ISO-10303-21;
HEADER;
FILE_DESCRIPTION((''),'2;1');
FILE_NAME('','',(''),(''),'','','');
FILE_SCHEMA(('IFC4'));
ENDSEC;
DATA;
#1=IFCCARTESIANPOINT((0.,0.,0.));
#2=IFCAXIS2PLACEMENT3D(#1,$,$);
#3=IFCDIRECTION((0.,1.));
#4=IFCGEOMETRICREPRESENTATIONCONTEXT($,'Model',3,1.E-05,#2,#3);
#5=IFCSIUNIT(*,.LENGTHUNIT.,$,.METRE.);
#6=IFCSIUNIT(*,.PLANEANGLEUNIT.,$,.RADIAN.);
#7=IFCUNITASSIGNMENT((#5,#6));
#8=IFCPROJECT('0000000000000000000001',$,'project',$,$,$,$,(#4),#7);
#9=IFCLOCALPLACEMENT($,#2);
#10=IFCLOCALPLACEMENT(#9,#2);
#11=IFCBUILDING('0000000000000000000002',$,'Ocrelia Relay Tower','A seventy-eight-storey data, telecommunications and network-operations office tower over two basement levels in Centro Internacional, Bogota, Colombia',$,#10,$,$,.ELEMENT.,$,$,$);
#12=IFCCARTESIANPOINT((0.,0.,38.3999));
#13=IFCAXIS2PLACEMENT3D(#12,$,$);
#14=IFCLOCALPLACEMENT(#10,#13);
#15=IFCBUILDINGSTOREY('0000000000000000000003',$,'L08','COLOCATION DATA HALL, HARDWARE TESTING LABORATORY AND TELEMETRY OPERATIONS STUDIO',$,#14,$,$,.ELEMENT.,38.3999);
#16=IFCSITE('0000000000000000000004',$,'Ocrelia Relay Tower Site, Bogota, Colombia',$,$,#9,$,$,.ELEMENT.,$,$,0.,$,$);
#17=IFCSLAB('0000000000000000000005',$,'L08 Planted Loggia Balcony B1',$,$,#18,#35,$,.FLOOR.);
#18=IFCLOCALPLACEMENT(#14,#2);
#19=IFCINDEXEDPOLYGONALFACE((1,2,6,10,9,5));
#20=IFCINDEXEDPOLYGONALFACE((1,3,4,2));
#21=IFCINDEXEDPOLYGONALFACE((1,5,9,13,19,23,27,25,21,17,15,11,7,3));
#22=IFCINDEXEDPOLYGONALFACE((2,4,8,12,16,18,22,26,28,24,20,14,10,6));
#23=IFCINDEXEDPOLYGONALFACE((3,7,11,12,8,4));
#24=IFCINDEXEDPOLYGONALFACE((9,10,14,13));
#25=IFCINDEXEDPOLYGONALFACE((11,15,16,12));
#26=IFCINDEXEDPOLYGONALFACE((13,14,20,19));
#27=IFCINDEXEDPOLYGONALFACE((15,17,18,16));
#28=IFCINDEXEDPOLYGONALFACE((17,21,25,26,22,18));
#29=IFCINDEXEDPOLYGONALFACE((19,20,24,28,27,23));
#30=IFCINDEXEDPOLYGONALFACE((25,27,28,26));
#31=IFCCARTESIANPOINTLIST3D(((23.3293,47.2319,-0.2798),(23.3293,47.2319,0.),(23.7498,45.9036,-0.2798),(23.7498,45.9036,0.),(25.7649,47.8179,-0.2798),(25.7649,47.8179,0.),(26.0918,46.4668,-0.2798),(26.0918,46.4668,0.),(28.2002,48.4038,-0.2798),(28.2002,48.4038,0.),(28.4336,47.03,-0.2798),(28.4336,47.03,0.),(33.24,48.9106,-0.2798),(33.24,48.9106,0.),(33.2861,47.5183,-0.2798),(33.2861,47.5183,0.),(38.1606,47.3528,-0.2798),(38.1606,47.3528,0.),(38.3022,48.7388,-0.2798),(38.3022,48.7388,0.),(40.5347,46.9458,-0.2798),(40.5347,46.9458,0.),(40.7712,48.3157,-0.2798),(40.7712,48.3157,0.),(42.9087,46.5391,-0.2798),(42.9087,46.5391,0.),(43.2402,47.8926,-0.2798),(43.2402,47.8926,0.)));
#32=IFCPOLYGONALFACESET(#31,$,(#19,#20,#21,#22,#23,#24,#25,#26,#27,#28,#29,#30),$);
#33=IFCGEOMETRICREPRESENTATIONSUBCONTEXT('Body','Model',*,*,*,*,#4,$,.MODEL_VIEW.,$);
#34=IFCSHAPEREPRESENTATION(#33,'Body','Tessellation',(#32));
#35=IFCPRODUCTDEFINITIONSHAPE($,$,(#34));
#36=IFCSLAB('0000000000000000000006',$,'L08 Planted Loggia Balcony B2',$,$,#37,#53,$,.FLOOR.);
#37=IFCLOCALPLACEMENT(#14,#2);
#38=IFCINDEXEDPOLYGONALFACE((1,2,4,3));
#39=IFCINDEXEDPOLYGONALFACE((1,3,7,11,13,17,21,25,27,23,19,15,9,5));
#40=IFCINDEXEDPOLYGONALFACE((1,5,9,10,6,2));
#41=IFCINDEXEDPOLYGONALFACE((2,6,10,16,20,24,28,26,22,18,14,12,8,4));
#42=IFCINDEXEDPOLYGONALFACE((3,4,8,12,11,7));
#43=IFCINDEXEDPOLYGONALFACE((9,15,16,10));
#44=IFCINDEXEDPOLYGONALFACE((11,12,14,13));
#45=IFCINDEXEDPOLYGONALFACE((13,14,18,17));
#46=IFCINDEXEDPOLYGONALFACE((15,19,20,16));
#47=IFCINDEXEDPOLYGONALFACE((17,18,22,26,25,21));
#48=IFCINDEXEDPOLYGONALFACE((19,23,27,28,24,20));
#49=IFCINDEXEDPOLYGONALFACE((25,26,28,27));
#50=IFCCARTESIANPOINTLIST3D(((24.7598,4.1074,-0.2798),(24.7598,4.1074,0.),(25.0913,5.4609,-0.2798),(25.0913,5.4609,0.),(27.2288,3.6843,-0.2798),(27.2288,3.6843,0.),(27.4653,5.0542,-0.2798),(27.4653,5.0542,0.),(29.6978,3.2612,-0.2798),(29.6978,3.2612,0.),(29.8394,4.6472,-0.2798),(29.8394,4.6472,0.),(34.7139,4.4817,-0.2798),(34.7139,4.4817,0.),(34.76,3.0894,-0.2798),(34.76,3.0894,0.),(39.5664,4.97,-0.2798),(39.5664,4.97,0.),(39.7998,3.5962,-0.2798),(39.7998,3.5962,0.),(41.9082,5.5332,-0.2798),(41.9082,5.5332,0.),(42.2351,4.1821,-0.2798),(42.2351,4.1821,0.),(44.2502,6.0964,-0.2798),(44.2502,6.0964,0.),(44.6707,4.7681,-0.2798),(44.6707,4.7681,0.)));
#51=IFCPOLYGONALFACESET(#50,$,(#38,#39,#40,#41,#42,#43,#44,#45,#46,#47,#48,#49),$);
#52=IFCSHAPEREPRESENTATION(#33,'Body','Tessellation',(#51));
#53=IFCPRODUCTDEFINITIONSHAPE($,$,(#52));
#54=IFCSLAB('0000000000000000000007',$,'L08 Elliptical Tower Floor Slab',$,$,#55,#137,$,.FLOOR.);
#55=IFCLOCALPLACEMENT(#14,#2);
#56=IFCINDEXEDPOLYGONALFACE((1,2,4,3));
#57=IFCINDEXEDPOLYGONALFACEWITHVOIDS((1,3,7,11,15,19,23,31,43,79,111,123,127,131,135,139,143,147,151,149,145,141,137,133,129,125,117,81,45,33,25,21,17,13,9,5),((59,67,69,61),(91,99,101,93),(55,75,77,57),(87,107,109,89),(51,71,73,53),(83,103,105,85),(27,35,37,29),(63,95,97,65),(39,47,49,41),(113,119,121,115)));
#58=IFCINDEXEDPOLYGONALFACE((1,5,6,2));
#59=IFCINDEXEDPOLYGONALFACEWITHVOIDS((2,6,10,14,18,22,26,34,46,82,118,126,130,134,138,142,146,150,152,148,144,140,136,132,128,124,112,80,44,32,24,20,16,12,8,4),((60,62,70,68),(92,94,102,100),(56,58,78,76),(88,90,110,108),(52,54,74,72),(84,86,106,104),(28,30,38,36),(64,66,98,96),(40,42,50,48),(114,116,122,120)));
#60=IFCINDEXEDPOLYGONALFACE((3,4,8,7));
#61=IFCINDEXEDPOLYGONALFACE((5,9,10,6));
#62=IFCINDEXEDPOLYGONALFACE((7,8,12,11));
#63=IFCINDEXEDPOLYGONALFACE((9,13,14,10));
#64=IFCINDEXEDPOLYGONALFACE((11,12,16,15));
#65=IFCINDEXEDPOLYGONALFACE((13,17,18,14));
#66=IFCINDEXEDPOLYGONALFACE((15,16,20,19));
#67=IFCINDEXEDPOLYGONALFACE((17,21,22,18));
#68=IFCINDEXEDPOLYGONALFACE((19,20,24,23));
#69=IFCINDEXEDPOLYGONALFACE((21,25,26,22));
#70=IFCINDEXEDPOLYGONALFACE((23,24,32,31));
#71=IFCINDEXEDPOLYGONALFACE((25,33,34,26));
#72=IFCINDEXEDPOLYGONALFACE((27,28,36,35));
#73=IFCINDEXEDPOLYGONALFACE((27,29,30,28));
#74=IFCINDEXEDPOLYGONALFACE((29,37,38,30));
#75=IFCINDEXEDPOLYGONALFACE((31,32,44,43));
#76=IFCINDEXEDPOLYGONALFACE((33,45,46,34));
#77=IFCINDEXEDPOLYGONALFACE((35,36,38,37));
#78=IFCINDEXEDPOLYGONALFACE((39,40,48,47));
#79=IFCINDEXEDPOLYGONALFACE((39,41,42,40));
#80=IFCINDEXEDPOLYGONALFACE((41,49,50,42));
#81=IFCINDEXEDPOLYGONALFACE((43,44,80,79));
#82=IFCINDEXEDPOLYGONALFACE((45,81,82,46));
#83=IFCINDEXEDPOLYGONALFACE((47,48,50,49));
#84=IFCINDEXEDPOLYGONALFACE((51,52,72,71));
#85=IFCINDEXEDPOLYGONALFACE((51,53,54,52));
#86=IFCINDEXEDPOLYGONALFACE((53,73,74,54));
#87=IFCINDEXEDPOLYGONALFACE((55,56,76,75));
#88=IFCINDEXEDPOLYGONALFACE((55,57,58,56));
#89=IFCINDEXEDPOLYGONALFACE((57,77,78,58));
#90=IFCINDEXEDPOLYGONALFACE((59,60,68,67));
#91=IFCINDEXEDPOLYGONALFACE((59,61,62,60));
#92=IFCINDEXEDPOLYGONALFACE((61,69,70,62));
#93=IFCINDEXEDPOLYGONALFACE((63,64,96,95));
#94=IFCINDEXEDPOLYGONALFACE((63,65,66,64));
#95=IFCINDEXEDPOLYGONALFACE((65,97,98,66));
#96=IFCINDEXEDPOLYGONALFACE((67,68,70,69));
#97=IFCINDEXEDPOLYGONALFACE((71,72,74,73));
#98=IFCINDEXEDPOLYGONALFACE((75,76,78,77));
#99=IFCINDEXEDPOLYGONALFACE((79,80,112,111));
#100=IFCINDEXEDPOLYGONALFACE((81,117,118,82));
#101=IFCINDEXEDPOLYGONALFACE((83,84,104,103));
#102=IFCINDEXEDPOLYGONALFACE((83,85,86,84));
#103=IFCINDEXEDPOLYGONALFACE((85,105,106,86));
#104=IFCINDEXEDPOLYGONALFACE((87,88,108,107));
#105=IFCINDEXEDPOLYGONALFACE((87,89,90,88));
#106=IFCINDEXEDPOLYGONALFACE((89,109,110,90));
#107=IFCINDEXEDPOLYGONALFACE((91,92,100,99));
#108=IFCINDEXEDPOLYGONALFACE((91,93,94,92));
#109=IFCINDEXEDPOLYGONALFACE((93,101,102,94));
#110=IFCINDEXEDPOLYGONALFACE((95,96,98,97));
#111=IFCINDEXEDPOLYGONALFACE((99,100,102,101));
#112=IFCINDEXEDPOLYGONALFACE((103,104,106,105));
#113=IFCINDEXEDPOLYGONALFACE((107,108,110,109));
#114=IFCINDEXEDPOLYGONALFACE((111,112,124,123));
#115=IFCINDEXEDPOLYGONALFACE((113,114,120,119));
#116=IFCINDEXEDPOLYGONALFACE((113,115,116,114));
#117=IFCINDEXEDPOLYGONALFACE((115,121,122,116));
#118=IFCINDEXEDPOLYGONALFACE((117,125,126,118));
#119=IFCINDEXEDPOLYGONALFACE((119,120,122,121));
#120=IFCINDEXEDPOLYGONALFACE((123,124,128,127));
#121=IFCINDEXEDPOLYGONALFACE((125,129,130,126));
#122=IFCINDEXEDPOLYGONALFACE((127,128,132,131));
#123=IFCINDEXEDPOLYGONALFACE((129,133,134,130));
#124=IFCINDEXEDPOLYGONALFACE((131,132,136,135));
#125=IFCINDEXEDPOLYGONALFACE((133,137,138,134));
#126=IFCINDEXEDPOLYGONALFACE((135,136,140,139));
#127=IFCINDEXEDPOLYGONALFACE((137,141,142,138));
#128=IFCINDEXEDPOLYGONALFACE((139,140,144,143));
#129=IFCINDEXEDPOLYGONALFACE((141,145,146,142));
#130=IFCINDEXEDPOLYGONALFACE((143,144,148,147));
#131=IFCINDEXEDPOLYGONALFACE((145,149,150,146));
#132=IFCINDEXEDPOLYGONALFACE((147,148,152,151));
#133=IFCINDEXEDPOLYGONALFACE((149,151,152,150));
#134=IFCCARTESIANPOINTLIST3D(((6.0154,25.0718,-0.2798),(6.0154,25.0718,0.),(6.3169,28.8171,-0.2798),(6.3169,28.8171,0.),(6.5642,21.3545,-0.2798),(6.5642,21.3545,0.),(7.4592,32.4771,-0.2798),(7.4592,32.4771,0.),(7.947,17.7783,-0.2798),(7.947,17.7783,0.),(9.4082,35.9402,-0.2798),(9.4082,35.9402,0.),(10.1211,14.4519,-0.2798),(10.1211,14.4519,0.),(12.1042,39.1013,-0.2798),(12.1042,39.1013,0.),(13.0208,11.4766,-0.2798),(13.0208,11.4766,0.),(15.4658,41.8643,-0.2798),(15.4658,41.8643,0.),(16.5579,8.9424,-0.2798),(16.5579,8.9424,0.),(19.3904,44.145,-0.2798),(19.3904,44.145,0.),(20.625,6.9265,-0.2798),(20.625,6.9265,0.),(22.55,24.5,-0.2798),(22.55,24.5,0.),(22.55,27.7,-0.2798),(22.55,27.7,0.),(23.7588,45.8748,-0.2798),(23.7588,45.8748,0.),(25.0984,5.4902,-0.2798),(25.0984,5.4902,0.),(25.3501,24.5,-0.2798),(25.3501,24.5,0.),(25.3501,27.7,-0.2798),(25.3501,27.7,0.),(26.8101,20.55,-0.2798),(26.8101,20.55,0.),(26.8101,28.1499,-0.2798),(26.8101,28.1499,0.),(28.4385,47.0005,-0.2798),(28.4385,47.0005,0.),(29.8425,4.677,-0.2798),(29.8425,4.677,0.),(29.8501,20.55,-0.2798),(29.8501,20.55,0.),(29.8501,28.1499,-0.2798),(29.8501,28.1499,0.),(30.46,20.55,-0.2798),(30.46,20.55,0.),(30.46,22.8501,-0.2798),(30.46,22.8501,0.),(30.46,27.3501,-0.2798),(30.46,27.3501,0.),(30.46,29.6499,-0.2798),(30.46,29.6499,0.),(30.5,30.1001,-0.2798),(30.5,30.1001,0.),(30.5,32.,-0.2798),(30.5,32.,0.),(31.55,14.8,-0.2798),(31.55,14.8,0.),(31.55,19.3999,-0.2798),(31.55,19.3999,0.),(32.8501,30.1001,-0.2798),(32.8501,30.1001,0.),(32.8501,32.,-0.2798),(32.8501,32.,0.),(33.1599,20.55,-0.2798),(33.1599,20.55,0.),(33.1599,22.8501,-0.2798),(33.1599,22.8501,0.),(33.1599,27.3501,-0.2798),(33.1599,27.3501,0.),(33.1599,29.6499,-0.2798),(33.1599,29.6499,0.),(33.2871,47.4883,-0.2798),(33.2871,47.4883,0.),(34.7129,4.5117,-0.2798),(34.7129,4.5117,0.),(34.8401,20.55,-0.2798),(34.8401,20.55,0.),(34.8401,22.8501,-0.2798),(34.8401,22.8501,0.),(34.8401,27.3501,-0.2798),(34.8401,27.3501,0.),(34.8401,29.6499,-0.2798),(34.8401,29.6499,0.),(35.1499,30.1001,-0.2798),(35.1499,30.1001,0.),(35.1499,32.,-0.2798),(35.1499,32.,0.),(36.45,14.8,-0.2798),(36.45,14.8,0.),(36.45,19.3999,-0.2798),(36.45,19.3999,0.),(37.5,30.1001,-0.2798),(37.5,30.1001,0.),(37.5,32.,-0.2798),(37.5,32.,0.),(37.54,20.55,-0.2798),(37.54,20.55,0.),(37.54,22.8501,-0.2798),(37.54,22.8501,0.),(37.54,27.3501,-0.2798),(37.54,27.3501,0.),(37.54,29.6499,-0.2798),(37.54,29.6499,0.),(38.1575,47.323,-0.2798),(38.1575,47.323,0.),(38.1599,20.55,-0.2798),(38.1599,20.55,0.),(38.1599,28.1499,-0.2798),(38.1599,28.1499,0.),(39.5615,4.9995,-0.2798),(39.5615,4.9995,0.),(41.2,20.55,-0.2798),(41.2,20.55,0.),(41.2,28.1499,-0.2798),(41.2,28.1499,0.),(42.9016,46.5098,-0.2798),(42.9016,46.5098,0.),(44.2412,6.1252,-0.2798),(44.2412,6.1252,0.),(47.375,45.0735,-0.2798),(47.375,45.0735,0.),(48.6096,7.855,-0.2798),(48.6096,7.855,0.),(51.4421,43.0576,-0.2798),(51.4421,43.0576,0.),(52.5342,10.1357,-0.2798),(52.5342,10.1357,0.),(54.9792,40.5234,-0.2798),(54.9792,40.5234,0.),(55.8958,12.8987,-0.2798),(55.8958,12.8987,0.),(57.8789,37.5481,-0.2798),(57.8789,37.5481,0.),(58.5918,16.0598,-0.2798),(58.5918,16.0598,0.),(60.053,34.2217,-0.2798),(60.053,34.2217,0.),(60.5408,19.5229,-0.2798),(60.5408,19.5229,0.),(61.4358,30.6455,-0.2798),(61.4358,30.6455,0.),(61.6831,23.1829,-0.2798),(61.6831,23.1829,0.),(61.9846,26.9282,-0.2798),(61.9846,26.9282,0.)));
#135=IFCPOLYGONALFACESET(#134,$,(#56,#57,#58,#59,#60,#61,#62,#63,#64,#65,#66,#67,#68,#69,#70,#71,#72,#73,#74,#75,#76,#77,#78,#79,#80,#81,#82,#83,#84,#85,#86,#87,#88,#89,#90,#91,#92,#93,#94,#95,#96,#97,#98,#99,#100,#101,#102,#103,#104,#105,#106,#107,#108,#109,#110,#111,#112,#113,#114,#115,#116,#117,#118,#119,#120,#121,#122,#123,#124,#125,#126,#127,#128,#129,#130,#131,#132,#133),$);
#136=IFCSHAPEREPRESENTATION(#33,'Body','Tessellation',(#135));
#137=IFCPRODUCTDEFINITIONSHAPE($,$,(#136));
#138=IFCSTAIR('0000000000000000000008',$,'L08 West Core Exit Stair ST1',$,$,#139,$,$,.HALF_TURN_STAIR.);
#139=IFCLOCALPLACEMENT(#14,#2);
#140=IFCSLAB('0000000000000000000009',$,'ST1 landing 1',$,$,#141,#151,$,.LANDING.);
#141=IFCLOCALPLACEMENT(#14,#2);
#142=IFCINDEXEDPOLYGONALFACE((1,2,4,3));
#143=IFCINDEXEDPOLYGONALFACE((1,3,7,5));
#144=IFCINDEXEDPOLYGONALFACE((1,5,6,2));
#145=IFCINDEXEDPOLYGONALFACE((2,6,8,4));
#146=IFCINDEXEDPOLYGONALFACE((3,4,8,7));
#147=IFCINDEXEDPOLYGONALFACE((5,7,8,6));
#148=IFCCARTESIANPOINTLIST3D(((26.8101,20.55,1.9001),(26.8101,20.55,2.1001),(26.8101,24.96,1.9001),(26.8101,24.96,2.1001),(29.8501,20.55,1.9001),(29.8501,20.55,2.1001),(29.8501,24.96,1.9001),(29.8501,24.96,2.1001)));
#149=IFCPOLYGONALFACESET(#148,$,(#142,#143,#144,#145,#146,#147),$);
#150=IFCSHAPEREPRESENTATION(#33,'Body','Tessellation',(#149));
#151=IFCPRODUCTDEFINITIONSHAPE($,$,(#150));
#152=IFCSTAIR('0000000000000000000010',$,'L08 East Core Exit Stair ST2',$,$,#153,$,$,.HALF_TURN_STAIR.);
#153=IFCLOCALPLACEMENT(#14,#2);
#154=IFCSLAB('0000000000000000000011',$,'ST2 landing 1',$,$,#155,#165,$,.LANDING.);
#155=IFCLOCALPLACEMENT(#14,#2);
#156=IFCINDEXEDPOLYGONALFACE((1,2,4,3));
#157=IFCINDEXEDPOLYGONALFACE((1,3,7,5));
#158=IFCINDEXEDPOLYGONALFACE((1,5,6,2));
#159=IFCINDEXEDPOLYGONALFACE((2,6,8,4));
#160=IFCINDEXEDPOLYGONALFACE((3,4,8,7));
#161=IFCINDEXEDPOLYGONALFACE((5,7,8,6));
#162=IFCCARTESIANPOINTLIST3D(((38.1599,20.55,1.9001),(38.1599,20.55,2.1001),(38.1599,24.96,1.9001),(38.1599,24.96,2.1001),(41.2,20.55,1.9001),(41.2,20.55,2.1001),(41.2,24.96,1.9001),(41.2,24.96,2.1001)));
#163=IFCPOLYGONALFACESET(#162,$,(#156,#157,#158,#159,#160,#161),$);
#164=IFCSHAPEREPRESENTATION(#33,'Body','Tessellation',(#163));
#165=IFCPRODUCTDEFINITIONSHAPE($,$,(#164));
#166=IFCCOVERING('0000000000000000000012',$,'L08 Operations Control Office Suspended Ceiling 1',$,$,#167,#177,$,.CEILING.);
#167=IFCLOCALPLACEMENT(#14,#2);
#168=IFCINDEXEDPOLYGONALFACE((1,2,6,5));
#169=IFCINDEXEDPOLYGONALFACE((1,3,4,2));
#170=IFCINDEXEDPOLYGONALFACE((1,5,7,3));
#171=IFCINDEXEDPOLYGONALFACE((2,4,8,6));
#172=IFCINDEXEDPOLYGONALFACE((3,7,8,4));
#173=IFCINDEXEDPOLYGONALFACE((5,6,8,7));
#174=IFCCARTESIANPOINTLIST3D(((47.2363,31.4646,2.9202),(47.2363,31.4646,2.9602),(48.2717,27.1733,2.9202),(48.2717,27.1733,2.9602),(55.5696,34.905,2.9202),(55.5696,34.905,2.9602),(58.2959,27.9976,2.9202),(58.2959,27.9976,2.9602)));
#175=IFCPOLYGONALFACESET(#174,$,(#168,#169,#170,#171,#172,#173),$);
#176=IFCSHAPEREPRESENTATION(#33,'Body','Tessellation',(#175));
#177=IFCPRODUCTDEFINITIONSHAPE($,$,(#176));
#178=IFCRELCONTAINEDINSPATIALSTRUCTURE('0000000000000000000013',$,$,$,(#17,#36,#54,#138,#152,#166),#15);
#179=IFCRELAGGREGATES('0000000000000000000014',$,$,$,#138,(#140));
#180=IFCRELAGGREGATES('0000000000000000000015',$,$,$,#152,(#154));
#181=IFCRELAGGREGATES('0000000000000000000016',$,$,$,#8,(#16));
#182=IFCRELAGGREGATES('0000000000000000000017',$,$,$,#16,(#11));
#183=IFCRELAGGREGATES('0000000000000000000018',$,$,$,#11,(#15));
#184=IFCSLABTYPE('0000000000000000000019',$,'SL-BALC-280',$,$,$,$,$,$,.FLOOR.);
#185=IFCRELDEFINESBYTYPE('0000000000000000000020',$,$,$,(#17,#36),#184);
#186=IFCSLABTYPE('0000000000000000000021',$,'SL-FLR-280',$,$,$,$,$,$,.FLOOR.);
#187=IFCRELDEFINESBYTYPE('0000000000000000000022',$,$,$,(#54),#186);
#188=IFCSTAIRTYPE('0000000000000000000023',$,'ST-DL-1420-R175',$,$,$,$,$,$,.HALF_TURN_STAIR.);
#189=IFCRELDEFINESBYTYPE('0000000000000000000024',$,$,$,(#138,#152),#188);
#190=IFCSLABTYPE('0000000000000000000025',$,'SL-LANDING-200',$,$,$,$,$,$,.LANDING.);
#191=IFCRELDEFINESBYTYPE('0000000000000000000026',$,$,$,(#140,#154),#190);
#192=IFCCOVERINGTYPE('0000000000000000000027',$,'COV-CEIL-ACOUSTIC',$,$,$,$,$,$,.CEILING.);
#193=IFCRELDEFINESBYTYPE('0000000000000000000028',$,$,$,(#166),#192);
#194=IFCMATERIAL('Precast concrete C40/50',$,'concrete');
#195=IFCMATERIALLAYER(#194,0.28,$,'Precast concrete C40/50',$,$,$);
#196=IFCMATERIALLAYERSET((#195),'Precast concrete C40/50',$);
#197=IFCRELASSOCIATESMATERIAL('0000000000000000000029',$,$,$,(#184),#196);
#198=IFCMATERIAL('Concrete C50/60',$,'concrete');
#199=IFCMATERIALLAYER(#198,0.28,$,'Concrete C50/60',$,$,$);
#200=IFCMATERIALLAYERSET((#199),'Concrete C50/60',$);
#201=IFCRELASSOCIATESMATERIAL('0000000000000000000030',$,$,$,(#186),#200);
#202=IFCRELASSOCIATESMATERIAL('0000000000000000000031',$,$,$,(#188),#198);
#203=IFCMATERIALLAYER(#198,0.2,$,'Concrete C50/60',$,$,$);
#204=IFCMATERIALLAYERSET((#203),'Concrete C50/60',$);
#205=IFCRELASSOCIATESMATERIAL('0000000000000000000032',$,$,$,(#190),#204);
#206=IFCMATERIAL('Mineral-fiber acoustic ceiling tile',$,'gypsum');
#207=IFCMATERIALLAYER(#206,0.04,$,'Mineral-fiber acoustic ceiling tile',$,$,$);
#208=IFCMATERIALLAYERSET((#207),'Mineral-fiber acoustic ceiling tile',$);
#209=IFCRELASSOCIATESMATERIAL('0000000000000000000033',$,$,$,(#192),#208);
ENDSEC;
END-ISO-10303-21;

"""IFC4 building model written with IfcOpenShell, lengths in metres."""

from ifc_helpers import new_model, si_unit, direction, frame, origin, place, context, subcontext, project, spatial, polyline, outline, extrude, material, layer, layer_set, type_object, element, aggregate, save


model = new_model("IFC4")

# Units and contexts
model_context = context("Model", 3, precision=1e-05, world=origin(), true_north=direction((0.0, 1.0)))
body_context = subcontext(model_context, "Body", "Model", "MODEL_VIEW")
ifc_project = project(units=[si_unit("LENGTHUNIT", "METRE"), si_unit("PLANEANGLEUNIT", "RADIAN")], contexts=[model_context])

# Site, building, storey
site_placement = place(None, origin())
site = spatial("IfcSite", under=ifc_project, at=site_placement, Name="Ocrelia Relay Tower Site, Bogota, Colombia", CompositionType="ELEMENT", RefElevation=0.0)
building_placement = place(site_placement, origin())
building = spatial("IfcBuilding", under=site, at=building_placement, Name="Ocrelia Relay Tower", Description="A seventy-eight-storey data, telecommunications and network-operations office tower over two basement levels in Centro Internacional, Bogota, Colombia", CompositionType="ELEMENT")
storey_placement = place(building_placement, frame((0.0, 0.0, 38.3999)))
storey = spatial("IfcBuildingStorey", under=building, at=storey_placement, Name="L08", Description="COLOCATION DATA HALL, HARDWARE TESTING LABORATORY AND TELEMETRY OPERATIONS STUDIO", CompositionType="ELEMENT", Elevation=38.3999)

# Slabs
ifc_material_1 = material(Name="Precast concrete C40/50", Category="concrete")
ifc_layer_1 = layer(ifc_material_1, 0.28, Name="Precast concrete C40/50")
ifc_layer_set_1 = layer_set([ifc_layer_1], Name="Precast concrete C40/50")
slab_type_1 = type_object("IfcSlabType", Name="SL-BALC-280", PredefinedType="FLOOR", material=ifc_layer_set_1)
slab_1_placement = place(storey_placement, frame((0.0, 0.0, -0.2798)))
element("IfcSlab", 1, at=slab_1_placement, inside=storey, type_object=slab_type_1, Name="L08 Planted Loggia Balcony B1", PredefinedType="FLOOR", context=body_context, shape_type="SweptSolid", body=[
    extrude(outline(polyline([(42.9087, 46.5391), (40.5347, 46.9458), (38.1606, 47.3528), (33.2861, 47.5183), (28.4336, 47.03), (26.0918, 46.4668), (23.7498, 45.9036), (23.3293, 47.2319), (25.7649, 47.8179), (28.2002, 48.4038), (33.24, 48.9106), (38.3022, 48.7388), (40.7712, 48.3157), (43.2402, 47.8926), (42.9087, 46.5391)])), origin(), (0.0, 0.0, 1.0), 0.2798),
])
slab_2_placement = place(storey_placement, frame((0.0, 0.0, -0.2798)))
element("IfcSlab", 2, at=slab_2_placement, inside=storey, type_object=slab_type_1, Name="L08 Planted Loggia Balcony B2", PredefinedType="FLOOR", context=body_context, shape_type="SweptSolid", body=[
    extrude(outline(polyline([(25.0913, 5.4609), (27.4653, 5.0542), (29.8394, 4.6472), (34.7139, 4.4817), (39.5664, 4.97), (41.9082, 5.5332), (44.2502, 6.0964), (44.6707, 4.7681), (42.2351, 4.1821), (39.7998, 3.5962), (34.76, 3.0894), (29.6978, 3.2612), (27.2288, 3.6843), (24.7598, 4.1074), (25.0913, 5.4609)])), origin(), (0.0, 0.0, 1.0), 0.2798),
])
ifc_material_2 = material(Name="Concrete C50/60", Category="concrete")
ifc_layer_2 = layer(ifc_material_2, 0.28, Name="Concrete C50/60")
ifc_layer_set_2 = layer_set([ifc_layer_2], Name="Concrete C50/60")
slab_type_2 = type_object("IfcSlabType", Name="SL-FLR-280", PredefinedType="FLOOR", material=ifc_layer_set_2)
slab_3_placement = place(storey_placement, frame((0.0, 0.0, -0.2798)))
element("IfcSlab", 3, at=slab_3_placement, inside=storey, type_object=slab_type_2, Name="L08 Elliptical Tower Floor Slab", PredefinedType="FLOOR", context=body_context, shape_type="SweptSolid", body=[
    extrude(outline(polyline([(61.9846, 26.9282), (61.4358, 30.6455), (60.053, 34.2217), (57.8789, 37.5481), (54.9792, 40.5234), (51.4421, 43.0576), (47.375, 45.0735), (42.9016, 46.5098), (38.1575, 47.323), (33.2871, 47.4883), (28.4385, 47.0005), (23.7588, 45.8748), (19.3904, 44.145), (15.4658, 41.8643), (12.1042, 39.1013), (9.4082, 35.9402), (7.4592, 32.4771), (6.3169, 28.8171), (6.0154, 25.0718), (6.5642, 21.3545), (7.947, 17.7783), (10.1211, 14.4519), (13.0208, 11.4766), (16.5579, 8.9424), (20.625, 6.9265), (25.0984, 5.4902), (29.8425, 4.677), (34.7129, 4.5117), (39.5615, 4.9995), (44.2412, 6.1252), (48.6096, 7.855), (52.5342, 10.1357), (55.8958, 12.8987), (58.5918, 16.0598), (60.5408, 19.5229), (61.6831, 23.1829), (61.9846, 26.9282)]), holes=[polyline([(26.8101, 28.1499), (26.8101, 20.55), (29.8501, 20.55), (29.8501, 28.1499), (26.8101, 28.1499)]), polyline([(38.1599, 28.1499), (38.1599, 20.55), (41.2, 20.55), (41.2, 28.1499), (38.1599, 28.1499)]), polyline([(30.46, 20.55), (33.1599, 20.55), (33.1599, 22.8501), (30.46, 22.8501), (30.46, 20.55)]), polyline([(34.8401, 20.55), (37.54, 20.55), (37.54, 22.8501), (34.8401, 22.8501), (34.8401, 20.55)]), polyline([(30.46, 27.3501), (33.1599, 27.3501), (33.1599, 29.6499), (30.46, 29.6499), (30.46, 27.3501)]), polyline([(34.8401, 27.3501), (37.54, 27.3501), (37.54, 29.6499), (34.8401, 29.6499), (34.8401, 27.3501)]), polyline([(30.5, 30.1001), (32.8501, 30.1001), (32.8501, 32.0), (30.5, 32.0), (30.5, 30.1001)]), polyline([(35.1499, 30.1001), (37.5, 30.1001), (37.5, 32.0), (35.1499, 32.0), (35.1499, 30.1001)]), polyline([(22.55, 24.5), (25.3501, 24.5), (25.3501, 27.7), (22.55, 27.7), (22.55, 24.5)]), polyline([(31.55, 14.8), (36.45, 14.8), (36.45, 19.3999), (31.55, 19.3999), (31.55, 14.8)])]), origin(), (0.0, 0.0, 1.0), 0.2798),
])

# Stairs, slabs
stair_type = type_object("IfcStairType", Name="ST-DL-1420-R175", PredefinedType="HALF_TURN_STAIR", material=ifc_material_2)
stair_1_placement = place(storey_placement, origin())
stair_1 = element("IfcStair", 4, at=stair_1_placement, inside=storey, type_object=stair_type, Name="L08 West Core Exit Stair ST1", PredefinedType="HALF_TURN_STAIR")
ifc_layer_3 = layer(ifc_material_2, 0.2, Name="Concrete C50/60")
ifc_layer_set_3 = layer_set([ifc_layer_3], Name="Concrete C50/60")
slab_type_3 = type_object("IfcSlabType", Name="SL-LANDING-200", PredefinedType="LANDING", material=ifc_layer_set_3)
slab_4_placement = place(storey_placement, frame((0.0, 0.0, 1.9001)))
slab_4 = element("IfcSlab", 5, at=slab_4_placement, type_object=slab_type_3, Name="ST1 landing 1", PredefinedType="LANDING", context=body_context, shape_type="SweptSolid", body=[
    extrude(outline(polyline([(26.8101, 24.96), (26.8101, 20.55), (29.8501, 20.55), (29.8501, 24.96), (26.8101, 24.96)])), origin(), (0.0, 0.0, 1.0), 0.2),
])
aggregate(stair_1, [slab_4])
stair_2_placement = place(storey_placement, origin())
stair_2 = element("IfcStair", 6, at=stair_2_placement, inside=storey, type_object=stair_type, Name="L08 East Core Exit Stair ST2", PredefinedType="HALF_TURN_STAIR")
slab_5_placement = place(storey_placement, frame((0.0, 0.0, 1.9001)))
slab_5 = element("IfcSlab", 7, at=slab_5_placement, type_object=slab_type_3, Name="ST2 landing 1", PredefinedType="LANDING", context=body_context, shape_type="SweptSolid", body=[
    extrude(outline(polyline([(38.1599, 24.96), (38.1599, 20.55), (41.2, 20.55), (41.2, 24.96), (38.1599, 24.96)])), origin(), (0.0, 0.0, 1.0), 0.2),
])
aggregate(stair_2, [slab_5])

# Covering
ifc_material_3 = material(Name="Mineral-fiber acoustic ceiling tile", Category="gypsum")
ifc_layer_4 = layer(ifc_material_3, 0.04, Name="Mineral-fiber acoustic ceiling tile")
ifc_layer_set_4 = layer_set([ifc_layer_4], Name="Mineral-fiber acoustic ceiling tile")
covering_type_1 = type_object("IfcCoveringType", Name="COV-CEIL-ACOUSTIC", PredefinedType="CEILING", material=ifc_layer_set_4)
covering_1_placement = place(storey_placement, frame((0.0, 0.0, 2.9202)))
element("IfcCovering", 8, at=covering_1_placement, inside=storey, type_object=covering_type_1, Name="L08 Operations Control Office Suspended Ceiling 1", PredefinedType="CEILING", context=body_context, shape_type="SweptSolid", body=[
    extrude(outline(polyline([(48.2717, 27.1733), (58.2959, 27.9976), (55.5696, 34.905), (47.2363, 31.4646), (48.2717, 27.1733)])), origin(), (0.0, 0.0, 1.0), 0.04),
])

save(model, "model.ifc")
